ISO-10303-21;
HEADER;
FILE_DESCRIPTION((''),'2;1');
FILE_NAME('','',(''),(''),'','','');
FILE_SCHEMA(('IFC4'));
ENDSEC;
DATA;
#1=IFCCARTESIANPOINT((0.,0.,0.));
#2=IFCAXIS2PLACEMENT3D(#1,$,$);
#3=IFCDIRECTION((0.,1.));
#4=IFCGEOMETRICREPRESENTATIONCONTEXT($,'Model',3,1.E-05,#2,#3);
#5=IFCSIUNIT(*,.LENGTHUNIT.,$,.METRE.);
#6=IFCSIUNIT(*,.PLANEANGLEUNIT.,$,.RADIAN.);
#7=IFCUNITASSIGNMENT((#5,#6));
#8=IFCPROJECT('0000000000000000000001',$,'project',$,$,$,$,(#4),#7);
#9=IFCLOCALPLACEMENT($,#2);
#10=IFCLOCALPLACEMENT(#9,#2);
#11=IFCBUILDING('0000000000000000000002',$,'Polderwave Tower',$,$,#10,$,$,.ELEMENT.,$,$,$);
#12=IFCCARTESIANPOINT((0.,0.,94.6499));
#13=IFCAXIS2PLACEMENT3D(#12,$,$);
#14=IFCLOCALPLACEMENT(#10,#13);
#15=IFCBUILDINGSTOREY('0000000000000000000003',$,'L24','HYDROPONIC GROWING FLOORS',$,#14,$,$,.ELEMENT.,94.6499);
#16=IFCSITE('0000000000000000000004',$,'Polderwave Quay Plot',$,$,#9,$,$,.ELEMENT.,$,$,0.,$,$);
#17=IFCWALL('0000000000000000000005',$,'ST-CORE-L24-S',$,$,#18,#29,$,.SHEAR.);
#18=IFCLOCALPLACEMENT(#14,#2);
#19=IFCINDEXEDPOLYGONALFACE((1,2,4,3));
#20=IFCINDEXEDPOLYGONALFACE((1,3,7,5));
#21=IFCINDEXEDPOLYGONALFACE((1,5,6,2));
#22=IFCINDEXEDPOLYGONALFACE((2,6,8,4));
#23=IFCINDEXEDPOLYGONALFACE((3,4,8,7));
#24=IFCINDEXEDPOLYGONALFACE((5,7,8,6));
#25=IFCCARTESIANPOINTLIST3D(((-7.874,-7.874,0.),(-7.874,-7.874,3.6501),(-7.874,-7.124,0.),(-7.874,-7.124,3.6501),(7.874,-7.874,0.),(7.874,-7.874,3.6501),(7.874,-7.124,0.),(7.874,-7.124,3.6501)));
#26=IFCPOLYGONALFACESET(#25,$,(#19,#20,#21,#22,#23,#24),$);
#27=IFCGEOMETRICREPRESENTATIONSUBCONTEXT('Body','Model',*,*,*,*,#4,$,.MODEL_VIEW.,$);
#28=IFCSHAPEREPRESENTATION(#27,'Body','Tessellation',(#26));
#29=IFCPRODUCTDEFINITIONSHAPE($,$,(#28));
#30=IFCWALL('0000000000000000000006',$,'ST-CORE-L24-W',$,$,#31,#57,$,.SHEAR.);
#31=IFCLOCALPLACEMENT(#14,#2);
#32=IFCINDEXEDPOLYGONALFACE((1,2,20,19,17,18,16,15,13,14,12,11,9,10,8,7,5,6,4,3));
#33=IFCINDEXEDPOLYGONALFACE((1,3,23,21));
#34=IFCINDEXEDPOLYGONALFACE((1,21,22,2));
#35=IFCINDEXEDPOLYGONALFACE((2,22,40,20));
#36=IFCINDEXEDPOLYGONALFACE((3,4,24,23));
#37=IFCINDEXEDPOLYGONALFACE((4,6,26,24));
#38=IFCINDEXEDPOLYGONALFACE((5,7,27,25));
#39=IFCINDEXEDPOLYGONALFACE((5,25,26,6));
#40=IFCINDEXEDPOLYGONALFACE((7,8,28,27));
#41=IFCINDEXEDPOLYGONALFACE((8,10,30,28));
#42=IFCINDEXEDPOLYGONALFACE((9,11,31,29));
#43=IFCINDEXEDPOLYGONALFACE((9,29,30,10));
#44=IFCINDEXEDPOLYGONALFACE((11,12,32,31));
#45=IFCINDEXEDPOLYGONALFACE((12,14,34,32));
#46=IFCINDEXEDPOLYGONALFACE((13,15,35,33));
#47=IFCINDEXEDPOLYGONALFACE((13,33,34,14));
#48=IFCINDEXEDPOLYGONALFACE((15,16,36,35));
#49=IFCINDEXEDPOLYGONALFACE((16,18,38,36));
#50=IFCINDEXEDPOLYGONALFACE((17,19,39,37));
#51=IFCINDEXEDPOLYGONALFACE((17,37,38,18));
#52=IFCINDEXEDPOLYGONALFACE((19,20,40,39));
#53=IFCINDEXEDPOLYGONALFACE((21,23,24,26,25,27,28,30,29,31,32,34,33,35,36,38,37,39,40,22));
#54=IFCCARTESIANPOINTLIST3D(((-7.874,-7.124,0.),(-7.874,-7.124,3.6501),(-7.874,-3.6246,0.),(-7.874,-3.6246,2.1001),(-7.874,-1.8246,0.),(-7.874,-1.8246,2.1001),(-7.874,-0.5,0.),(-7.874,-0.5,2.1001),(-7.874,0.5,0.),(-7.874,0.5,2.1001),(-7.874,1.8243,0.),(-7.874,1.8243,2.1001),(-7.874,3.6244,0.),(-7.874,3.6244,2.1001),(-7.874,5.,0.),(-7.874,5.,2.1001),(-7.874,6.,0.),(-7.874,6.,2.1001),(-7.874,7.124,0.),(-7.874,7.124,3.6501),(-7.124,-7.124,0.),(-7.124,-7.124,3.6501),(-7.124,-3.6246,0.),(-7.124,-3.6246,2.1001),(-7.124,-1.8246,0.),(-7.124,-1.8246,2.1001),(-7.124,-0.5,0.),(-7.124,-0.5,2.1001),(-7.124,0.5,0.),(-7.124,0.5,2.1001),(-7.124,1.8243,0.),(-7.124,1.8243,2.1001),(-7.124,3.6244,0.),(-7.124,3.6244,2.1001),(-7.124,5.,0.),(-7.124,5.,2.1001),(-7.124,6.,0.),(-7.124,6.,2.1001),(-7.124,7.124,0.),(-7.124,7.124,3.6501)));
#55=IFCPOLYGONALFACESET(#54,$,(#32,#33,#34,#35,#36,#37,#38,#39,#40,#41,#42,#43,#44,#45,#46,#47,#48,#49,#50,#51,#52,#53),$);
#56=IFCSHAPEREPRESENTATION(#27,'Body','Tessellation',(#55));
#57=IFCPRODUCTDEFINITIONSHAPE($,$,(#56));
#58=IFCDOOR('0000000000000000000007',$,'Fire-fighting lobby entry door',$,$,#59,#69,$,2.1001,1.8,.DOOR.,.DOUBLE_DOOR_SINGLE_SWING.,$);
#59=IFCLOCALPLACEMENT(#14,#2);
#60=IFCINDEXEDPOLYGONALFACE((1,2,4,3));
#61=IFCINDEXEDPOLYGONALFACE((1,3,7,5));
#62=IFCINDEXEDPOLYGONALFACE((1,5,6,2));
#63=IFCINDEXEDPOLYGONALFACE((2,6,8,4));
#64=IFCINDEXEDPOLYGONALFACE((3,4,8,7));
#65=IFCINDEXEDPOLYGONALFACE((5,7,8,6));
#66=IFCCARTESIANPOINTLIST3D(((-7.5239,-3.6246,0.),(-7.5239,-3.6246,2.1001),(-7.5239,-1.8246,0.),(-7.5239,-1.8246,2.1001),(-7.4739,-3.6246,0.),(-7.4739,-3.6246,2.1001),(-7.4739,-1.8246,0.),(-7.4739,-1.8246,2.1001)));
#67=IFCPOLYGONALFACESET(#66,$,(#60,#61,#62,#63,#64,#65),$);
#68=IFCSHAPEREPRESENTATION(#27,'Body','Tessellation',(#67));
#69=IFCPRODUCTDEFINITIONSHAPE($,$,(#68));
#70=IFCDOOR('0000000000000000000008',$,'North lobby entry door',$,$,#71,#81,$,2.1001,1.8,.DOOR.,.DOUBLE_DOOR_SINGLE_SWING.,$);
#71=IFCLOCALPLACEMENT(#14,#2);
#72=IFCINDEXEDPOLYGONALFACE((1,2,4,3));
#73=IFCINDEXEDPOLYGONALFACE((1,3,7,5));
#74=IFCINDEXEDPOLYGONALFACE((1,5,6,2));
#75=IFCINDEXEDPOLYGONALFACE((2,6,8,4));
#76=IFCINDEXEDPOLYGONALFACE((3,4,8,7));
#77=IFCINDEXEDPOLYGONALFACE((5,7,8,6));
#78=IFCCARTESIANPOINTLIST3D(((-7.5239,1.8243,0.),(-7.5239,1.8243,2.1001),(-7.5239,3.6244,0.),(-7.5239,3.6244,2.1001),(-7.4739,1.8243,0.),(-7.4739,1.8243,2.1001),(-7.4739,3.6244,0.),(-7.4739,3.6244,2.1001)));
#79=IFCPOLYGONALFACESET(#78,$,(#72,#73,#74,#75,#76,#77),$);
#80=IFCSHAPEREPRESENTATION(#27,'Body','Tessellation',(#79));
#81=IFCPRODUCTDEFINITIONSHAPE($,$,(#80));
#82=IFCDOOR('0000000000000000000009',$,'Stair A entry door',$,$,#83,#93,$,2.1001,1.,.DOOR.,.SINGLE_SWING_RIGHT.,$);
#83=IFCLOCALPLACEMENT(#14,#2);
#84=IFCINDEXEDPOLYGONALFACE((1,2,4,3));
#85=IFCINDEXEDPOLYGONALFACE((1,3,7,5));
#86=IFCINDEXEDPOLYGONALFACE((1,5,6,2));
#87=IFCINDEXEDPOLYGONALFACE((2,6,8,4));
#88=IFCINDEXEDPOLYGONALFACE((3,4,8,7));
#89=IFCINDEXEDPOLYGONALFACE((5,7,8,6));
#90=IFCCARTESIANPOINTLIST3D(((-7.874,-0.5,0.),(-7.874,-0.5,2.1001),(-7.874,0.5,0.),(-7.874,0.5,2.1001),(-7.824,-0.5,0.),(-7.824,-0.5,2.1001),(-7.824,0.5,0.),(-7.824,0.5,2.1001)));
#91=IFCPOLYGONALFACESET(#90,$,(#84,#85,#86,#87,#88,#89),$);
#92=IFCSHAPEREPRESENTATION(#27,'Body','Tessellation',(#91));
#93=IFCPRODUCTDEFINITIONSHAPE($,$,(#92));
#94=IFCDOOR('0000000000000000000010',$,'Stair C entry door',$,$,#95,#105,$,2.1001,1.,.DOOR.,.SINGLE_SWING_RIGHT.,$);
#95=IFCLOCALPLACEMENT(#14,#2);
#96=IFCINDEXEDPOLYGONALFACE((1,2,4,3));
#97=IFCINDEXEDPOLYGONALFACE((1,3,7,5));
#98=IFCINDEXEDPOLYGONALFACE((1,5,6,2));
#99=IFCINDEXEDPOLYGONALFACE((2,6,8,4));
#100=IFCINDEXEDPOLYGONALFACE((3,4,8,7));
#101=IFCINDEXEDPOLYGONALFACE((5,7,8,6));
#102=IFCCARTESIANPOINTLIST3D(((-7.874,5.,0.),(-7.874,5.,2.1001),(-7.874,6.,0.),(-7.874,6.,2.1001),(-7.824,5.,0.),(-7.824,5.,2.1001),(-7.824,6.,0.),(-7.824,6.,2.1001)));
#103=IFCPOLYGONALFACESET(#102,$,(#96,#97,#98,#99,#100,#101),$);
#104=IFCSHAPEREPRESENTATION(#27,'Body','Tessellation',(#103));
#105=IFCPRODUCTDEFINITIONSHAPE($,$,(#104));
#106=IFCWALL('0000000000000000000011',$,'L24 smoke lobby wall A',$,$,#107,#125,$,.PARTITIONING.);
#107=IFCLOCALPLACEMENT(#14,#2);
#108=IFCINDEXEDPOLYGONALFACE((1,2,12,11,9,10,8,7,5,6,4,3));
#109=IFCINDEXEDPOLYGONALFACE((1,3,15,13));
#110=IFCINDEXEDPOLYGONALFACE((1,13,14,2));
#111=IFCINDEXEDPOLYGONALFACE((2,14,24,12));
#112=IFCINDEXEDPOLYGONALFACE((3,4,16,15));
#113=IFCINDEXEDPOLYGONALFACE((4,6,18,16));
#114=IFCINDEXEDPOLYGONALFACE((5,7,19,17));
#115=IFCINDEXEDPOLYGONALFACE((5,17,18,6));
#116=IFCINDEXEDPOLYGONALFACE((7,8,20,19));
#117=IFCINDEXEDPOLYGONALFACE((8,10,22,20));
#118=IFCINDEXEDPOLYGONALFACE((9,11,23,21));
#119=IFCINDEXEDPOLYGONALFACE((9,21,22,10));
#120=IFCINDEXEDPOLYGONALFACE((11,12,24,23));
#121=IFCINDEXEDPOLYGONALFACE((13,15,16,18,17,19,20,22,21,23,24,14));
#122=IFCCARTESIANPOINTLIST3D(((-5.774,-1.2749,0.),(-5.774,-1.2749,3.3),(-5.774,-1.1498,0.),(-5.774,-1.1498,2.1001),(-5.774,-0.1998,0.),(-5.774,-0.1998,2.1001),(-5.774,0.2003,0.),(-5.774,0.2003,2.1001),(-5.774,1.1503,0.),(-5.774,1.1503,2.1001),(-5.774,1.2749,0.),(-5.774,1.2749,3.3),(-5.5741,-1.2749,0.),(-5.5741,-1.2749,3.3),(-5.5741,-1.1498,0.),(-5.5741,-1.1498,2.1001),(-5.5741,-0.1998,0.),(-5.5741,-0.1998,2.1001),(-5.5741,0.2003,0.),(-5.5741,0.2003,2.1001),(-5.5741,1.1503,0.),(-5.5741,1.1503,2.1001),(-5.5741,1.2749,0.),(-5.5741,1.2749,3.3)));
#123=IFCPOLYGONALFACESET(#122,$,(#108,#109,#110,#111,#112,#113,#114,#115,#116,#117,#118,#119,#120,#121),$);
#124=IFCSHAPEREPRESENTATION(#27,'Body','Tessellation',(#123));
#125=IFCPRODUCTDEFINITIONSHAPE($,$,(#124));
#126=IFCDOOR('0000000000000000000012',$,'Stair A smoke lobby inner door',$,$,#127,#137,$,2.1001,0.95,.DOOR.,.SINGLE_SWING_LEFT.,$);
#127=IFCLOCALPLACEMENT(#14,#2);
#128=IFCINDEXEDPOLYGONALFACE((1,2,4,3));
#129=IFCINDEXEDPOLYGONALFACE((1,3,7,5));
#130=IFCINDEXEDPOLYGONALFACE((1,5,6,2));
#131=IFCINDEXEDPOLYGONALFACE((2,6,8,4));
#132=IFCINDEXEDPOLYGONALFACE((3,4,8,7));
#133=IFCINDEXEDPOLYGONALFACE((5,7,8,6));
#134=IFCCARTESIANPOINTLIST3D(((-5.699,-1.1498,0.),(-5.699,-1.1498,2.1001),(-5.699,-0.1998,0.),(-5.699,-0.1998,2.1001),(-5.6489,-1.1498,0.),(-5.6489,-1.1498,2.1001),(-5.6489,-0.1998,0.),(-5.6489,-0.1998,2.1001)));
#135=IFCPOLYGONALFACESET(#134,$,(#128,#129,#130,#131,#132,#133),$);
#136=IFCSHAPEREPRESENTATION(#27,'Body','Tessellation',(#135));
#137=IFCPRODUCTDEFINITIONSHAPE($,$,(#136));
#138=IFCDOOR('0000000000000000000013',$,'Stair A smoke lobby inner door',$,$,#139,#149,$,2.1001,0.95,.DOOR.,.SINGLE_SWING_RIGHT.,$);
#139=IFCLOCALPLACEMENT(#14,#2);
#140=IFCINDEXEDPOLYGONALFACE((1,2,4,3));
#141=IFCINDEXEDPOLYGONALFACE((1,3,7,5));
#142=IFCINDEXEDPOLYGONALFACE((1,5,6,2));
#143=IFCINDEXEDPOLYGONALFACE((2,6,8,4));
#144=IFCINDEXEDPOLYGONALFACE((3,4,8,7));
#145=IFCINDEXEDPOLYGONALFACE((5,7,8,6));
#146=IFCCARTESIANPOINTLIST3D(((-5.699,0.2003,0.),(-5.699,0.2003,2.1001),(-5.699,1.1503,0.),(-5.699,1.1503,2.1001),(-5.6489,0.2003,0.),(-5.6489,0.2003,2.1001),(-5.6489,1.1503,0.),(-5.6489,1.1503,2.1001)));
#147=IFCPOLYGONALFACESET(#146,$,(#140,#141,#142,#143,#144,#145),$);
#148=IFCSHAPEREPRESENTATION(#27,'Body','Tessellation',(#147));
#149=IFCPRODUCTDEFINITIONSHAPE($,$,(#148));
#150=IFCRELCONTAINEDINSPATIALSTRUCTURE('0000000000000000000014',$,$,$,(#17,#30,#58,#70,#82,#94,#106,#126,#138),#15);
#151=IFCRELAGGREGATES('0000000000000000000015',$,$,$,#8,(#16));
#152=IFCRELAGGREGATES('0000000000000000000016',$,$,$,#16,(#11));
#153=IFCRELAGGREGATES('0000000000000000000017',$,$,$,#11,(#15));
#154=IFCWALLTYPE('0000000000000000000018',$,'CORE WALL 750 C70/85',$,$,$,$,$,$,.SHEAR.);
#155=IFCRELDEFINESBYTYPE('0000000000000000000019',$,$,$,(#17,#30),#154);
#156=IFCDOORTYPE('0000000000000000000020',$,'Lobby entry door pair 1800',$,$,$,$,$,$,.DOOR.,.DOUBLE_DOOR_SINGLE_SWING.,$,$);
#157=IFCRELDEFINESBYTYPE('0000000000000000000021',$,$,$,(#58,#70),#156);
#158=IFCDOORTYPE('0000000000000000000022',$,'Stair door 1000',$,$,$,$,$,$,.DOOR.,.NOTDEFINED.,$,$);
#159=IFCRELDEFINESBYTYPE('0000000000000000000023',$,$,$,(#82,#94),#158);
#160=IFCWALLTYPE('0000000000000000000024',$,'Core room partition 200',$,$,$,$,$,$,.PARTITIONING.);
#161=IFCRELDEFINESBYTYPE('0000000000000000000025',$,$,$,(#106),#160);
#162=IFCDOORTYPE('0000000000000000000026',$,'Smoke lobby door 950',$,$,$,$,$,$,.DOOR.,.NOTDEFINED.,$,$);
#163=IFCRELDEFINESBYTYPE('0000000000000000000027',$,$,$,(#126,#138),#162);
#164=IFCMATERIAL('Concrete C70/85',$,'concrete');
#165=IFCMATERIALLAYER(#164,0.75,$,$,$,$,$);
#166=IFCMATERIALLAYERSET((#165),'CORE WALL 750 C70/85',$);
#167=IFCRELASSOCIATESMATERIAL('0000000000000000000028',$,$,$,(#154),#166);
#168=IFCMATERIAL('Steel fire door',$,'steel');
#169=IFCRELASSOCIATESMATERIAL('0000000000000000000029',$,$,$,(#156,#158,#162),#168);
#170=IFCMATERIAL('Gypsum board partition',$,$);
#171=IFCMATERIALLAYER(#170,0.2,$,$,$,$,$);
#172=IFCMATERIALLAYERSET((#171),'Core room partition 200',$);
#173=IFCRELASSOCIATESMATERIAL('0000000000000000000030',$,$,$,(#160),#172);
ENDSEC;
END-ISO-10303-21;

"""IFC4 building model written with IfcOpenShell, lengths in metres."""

from ifc_helpers import new_model, si_unit, direction, frame, frame_2d, origin, place, context, subcontext, project, spatial, rectangle, extrude, material, layer, layer_set, type_object, element, fill, save


model = new_model("IFC4")

# Units and contexts
model_context = context("Model", 3, precision=1e-05, world=origin(), true_north=direction((0.0, 1.0)))
body_context = subcontext(model_context, "Body", "Model", "MODEL_VIEW")
ifc_project = project(units=[si_unit("LENGTHUNIT", "METRE"), si_unit("PLANEANGLEUNIT", "RADIAN")], contexts=[model_context])

# Site, building, storey
site_placement = place(None, origin())
site = spatial("IfcSite", under=ifc_project, at=site_placement, Name="Polderwave Quay Plot", CompositionType="ELEMENT", RefElevation=0.0)
building_placement = place(site_placement, origin())
building = spatial("IfcBuilding", under=site, at=building_placement, Name="Polderwave Tower", CompositionType="ELEMENT")
storey_placement = place(building_placement, frame((0.0, 0.0, 94.6499)))
storey = spatial("IfcBuildingStorey", under=building, at=storey_placement, Name="L24", Description="HYDROPONIC GROWING FLOORS", CompositionType="ELEMENT", Elevation=94.6499)

# Wall
ifc_material_1 = material(Name="Concrete C70/85", Category="concrete")
ifc_layer_1 = layer(ifc_material_1, 0.75)
ifc_layer_set_1 = layer_set([ifc_layer_1], Name="CORE WALL 750 C70/85")
wall_type_1 = type_object("IfcWallType", Name="CORE WALL 750 C70/85", PredefinedType="SHEAR", material=ifc_layer_set_1)
wall_1_placement = place(storey_placement, frame((-7.874, -7.499, 0.0), z_axis=(0.0, 0.0, 1.0), x_axis=(1.0, 0.0, 0.0)))
element("IfcWall", 1, at=wall_1_placement, inside=storey, type_object=wall_type_1, Name="ST-CORE-L24-S", PredefinedType="SHEAR", context=body_context, shape_type="SweptSolid", body=[
    extrude(rectangle(XDim=15.748, YDim=0.75, at=frame_2d((7.874, 0.0))), origin(), (0.0, 0.0, 1.0), 3.6501),
])

# Walls, openings, doors
wall_2_placement = place(storey_placement, frame((-7.499, -7.124, 0.0), z_axis=(0.0, 0.0, 1.0), x_axis=(0.0, 1.0, 0.0)))
wall_2 = element("IfcWall", 2, at=wall_2_placement, inside=storey, type_object=wall_type_1, Name="ST-CORE-L24-W", PredefinedType="SHEAR", context=body_context, shape_type="SweptSolid", body=[
    extrude(rectangle(XDim=14.248, YDim=0.75, at=frame_2d((7.124, 0.0))), origin(), (0.0, 0.0, 1.0), 3.6501),
])
opening_1_placement = place(wall_2_placement, frame((6.624, 0.0, 0.0)))
opening_1 = element("IfcOpeningElement", 3, at=opening_1_placement, cuts=wall_2, PredefinedType="OPENING", context=body_context, shape_type="SweptSolid", body=[
    extrude(rectangle(XDim=1.0, YDim=2.1001, at=frame_2d((0.5, 1.05))), frame((0.0, 0.385, 0.0), z_axis=(0.0, -1.0, 0.0), x_axis=(1.0, 0.0, 0.0)), (0.0, 0.0, 1.0), 0.77),
])
opening_2_placement = place(wall_2_placement, frame((3.4995, 0.0, 0.0)))
opening_2 = element("IfcOpeningElement", 4, at=opening_2_placement, cuts=wall_2, PredefinedType="OPENING", context=body_context, shape_type="SweptSolid", body=[
    extrude(rectangle(XDim=1.8, YDim=2.1001, at=frame_2d((0.8999, 1.05))), frame((0.0, 0.385, 0.0), z_axis=(0.0, -1.0, 0.0), x_axis=(1.0, 0.0, 0.0)), (0.0, 0.0, 1.0), 0.77),
])
opening_3_placement = place(wall_2_placement, frame((8.9485, 0.0, 0.0)))
opening_3 = element("IfcOpeningElement", 5, at=opening_3_placement, cuts=wall_2, PredefinedType="OPENING", context=body_context, shape_type="SweptSolid", body=[
    extrude(rectangle(XDim=1.8, YDim=2.1001, at=frame_2d((0.8999, 1.05))), frame((0.0, 0.385, 0.0), z_axis=(0.0, -1.0, 0.0), x_axis=(1.0, 0.0, 0.0)), (0.0, 0.0, 1.0), 0.77),
])
opening_4_placement = place(wall_2_placement, frame((12.124, 0.0, 0.0)))
opening_4 = element("IfcOpeningElement", 6, at=opening_4_placement, cuts=wall_2, PredefinedType="OPENING", context=body_context, shape_type="SweptSolid", body=[
    extrude(rectangle(XDim=1.0, YDim=2.1001, at=frame_2d((0.5, 1.05))), frame((0.0, 0.385, 0.0), z_axis=(0.0, -1.0, 0.0), x_axis=(1.0, 0.0, 0.0)), (0.0, 0.0, 1.0), 0.77),
])
ifc_material_2 = material(Name="Steel fire door", Category="steel")
door_type_1 = type_object("IfcDoorType", Name="Lobby entry door pair 1800", OperationType="DOUBLE_DOOR_SINGLE_SWING", PredefinedType="DOOR", material=ifc_material_2)
door_1_placement = place(opening_2_placement, origin())
door_1 = element("IfcDoor", 7, at=door_1_placement, inside=storey, type_object=door_type_1, Name="Fire-fighting lobby entry door", OperationType="DOUBLE_DOOR_SINGLE_SWING", OverallHeight=2.1001, OverallWidth=1.8, PredefinedType="DOOR", context=body_context, shape_type="SweptSolid", body=[
    extrude(rectangle(XDim=1.8, YDim=2.1001, at=frame_2d((0.8999, 1.05))), frame((0.0, 0.0249, 0.0), z_axis=(0.0, -1.0, 0.0), x_axis=(1.0, 0.0, 0.0)), (0.0, 0.0, 1.0), 0.05),
])
fill(opening_2, door_1)
door_2_placement = place(opening_3_placement, origin())
door_2 = element("IfcDoor", 8, at=door_2_placement, inside=storey, type_object=door_type_1, Name="North lobby entry door", OperationType="DOUBLE_DOOR_SINGLE_SWING", OverallHeight=2.1001, OverallWidth=1.8, PredefinedType="DOOR", context=body_context, shape_type="SweptSolid", body=[
    extrude(rectangle(XDim=1.8, YDim=2.1001, at=frame_2d((0.8999, 1.05))), frame((0.0, 0.0249, 0.0), z_axis=(0.0, -1.0, 0.0), x_axis=(1.0, 0.0, 0.0)), (0.0, 0.0, 1.0), 0.05),
])
fill(opening_3, door_2)
door_type_2 = type_object("IfcDoorType", Name="Stair door 1000", OperationType="NOTDEFINED", PredefinedType="DOOR", material=ifc_material_2)
door_3_placement = place(opening_1_placement, origin())
door_3 = element("IfcDoor", 9, at=door_3_placement, inside=storey, type_object=door_type_2, Name="Stair A entry door", OperationType="SINGLE_SWING_RIGHT", OverallHeight=2.1001, OverallWidth=1.0, PredefinedType="DOOR", context=body_context, shape_type="SweptSolid", body=[
    extrude(rectangle(XDim=1.0, YDim=2.1001, at=frame_2d((0.5, 1.05))), frame((0.0, 0.375, 0.0), z_axis=(0.0, -1.0, 0.0), x_axis=(1.0, 0.0, 0.0)), (0.0, 0.0, 1.0), 0.05),
])
fill(opening_1, door_3)
door_4_placement = place(opening_4_placement, origin())
door_4 = element("IfcDoor", 10, at=door_4_placement, inside=storey, type_object=door_type_2, Name="Stair C entry door", OperationType="SINGLE_SWING_RIGHT", OverallHeight=2.1001, OverallWidth=1.0, PredefinedType="DOOR", context=body_context, shape_type="SweptSolid", body=[
    extrude(rectangle(XDim=1.0, YDim=2.1001, at=frame_2d((0.5, 1.05))), frame((0.0, 0.375, 0.0), z_axis=(0.0, -1.0, 0.0), x_axis=(1.0, 0.0, 0.0)), (0.0, 0.0, 1.0), 0.05),
])
fill(opening_4, door_4)
ifc_material_3 = material(Name="Gypsum board partition")
ifc_layer_2 = layer(ifc_material_3, 0.2)
ifc_layer_set_2 = layer_set([ifc_layer_2], Name="Core room partition 200")
wall_type_2 = type_object("IfcWallType", Name="Core room partition 200", PredefinedType="PARTITIONING", material=ifc_layer_set_2)
wall_3_placement = place(storey_placement, frame((-5.6741, -1.2749, 0.0), z_axis=(0.0, 0.0, 1.0), x_axis=(0.0, 1.0, 0.0)))
wall_3 = element("IfcWall", 11, at=wall_3_placement, inside=storey, type_object=wall_type_2, Name="L24 smoke lobby wall A", PredefinedType="PARTITIONING", context=body_context, shape_type="SweptSolid", body=[
    extrude(rectangle(XDim=2.5498, YDim=0.2, at=frame_2d((1.2749, 0.0))), origin(), (0.0, 0.0, 1.0), 3.3),
])
opening_5_placement = place(wall_3_placement, frame((0.125, 0.0, 0.0)))
opening_5 = element("IfcOpeningElement", 12, at=opening_5_placement, cuts=wall_3, PredefinedType="OPENING", context=body_context, shape_type="SweptSolid", body=[
    extrude(rectangle(XDim=0.95, YDim=2.1001, at=frame_2d((0.4751, 1.05))), frame((0.0, 0.1099, 0.0), z_axis=(0.0, -1.0, 0.0), x_axis=(1.0, 0.0, 0.0)), (0.0, 0.0, 1.0), 0.22),
])
opening_6_placement = place(wall_3_placement, frame((1.4751, 0.0, 0.0)))
opening_6 = element("IfcOpeningElement", 13, at=opening_6_placement, cuts=wall_3, PredefinedType="OPENING", context=body_context, shape_type="SweptSolid", body=[
    extrude(rectangle(XDim=0.95, YDim=2.1001, at=frame_2d((0.4751, 1.05))), frame((0.0, 0.1099, 0.0), z_axis=(0.0, -1.0, 0.0), x_axis=(1.0, 0.0, 0.0)), (0.0, 0.0, 1.0), 0.22),
])
door_type_3 = type_object("IfcDoorType", Name="Smoke lobby door 950", OperationType="NOTDEFINED", PredefinedType="DOOR", material=ifc_material_2)
door_5_placement = place(opening_5_placement, origin())
door_5 = element("IfcDoor", 14, at=door_5_placement, inside=storey, type_object=door_type_3, Name="Stair A smoke lobby inner door", OperationType="SINGLE_SWING_LEFT", OverallHeight=2.1001, OverallWidth=0.95, PredefinedType="DOOR", context=body_context, shape_type="SweptSolid", body=[
    extrude(rectangle(XDim=0.95, YDim=2.1001, at=frame_2d((0.4751, 1.05))), frame((0.0, 0.0249, 0.0), z_axis=(0.0, -1.0, 0.0), x_axis=(1.0, 0.0, 0.0)), (0.0, 0.0, 1.0), 0.05),
])
fill(opening_5, door_5)
door_6_placement = place(opening_6_placement, origin())
door_6 = element("IfcDoor", 15, at=door_6_placement, inside=storey, type_object=door_type_3, Name="Stair A smoke lobby inner door", OperationType="SINGLE_SWING_RIGHT", OverallHeight=2.1001, OverallWidth=0.95, PredefinedType="DOOR", context=body_context, shape_type="SweptSolid", body=[
    extrude(rectangle(XDim=0.95, YDim=2.1001, at=frame_2d((0.4751, 1.05))), frame((0.0, 0.0249, 0.0), z_axis=(0.0, -1.0, 0.0), x_axis=(1.0, 0.0, 0.0)), (0.0, 0.0, 1.0), 0.05),
])
fill(opening_6, door_6)

save(model, "model.ifc")
